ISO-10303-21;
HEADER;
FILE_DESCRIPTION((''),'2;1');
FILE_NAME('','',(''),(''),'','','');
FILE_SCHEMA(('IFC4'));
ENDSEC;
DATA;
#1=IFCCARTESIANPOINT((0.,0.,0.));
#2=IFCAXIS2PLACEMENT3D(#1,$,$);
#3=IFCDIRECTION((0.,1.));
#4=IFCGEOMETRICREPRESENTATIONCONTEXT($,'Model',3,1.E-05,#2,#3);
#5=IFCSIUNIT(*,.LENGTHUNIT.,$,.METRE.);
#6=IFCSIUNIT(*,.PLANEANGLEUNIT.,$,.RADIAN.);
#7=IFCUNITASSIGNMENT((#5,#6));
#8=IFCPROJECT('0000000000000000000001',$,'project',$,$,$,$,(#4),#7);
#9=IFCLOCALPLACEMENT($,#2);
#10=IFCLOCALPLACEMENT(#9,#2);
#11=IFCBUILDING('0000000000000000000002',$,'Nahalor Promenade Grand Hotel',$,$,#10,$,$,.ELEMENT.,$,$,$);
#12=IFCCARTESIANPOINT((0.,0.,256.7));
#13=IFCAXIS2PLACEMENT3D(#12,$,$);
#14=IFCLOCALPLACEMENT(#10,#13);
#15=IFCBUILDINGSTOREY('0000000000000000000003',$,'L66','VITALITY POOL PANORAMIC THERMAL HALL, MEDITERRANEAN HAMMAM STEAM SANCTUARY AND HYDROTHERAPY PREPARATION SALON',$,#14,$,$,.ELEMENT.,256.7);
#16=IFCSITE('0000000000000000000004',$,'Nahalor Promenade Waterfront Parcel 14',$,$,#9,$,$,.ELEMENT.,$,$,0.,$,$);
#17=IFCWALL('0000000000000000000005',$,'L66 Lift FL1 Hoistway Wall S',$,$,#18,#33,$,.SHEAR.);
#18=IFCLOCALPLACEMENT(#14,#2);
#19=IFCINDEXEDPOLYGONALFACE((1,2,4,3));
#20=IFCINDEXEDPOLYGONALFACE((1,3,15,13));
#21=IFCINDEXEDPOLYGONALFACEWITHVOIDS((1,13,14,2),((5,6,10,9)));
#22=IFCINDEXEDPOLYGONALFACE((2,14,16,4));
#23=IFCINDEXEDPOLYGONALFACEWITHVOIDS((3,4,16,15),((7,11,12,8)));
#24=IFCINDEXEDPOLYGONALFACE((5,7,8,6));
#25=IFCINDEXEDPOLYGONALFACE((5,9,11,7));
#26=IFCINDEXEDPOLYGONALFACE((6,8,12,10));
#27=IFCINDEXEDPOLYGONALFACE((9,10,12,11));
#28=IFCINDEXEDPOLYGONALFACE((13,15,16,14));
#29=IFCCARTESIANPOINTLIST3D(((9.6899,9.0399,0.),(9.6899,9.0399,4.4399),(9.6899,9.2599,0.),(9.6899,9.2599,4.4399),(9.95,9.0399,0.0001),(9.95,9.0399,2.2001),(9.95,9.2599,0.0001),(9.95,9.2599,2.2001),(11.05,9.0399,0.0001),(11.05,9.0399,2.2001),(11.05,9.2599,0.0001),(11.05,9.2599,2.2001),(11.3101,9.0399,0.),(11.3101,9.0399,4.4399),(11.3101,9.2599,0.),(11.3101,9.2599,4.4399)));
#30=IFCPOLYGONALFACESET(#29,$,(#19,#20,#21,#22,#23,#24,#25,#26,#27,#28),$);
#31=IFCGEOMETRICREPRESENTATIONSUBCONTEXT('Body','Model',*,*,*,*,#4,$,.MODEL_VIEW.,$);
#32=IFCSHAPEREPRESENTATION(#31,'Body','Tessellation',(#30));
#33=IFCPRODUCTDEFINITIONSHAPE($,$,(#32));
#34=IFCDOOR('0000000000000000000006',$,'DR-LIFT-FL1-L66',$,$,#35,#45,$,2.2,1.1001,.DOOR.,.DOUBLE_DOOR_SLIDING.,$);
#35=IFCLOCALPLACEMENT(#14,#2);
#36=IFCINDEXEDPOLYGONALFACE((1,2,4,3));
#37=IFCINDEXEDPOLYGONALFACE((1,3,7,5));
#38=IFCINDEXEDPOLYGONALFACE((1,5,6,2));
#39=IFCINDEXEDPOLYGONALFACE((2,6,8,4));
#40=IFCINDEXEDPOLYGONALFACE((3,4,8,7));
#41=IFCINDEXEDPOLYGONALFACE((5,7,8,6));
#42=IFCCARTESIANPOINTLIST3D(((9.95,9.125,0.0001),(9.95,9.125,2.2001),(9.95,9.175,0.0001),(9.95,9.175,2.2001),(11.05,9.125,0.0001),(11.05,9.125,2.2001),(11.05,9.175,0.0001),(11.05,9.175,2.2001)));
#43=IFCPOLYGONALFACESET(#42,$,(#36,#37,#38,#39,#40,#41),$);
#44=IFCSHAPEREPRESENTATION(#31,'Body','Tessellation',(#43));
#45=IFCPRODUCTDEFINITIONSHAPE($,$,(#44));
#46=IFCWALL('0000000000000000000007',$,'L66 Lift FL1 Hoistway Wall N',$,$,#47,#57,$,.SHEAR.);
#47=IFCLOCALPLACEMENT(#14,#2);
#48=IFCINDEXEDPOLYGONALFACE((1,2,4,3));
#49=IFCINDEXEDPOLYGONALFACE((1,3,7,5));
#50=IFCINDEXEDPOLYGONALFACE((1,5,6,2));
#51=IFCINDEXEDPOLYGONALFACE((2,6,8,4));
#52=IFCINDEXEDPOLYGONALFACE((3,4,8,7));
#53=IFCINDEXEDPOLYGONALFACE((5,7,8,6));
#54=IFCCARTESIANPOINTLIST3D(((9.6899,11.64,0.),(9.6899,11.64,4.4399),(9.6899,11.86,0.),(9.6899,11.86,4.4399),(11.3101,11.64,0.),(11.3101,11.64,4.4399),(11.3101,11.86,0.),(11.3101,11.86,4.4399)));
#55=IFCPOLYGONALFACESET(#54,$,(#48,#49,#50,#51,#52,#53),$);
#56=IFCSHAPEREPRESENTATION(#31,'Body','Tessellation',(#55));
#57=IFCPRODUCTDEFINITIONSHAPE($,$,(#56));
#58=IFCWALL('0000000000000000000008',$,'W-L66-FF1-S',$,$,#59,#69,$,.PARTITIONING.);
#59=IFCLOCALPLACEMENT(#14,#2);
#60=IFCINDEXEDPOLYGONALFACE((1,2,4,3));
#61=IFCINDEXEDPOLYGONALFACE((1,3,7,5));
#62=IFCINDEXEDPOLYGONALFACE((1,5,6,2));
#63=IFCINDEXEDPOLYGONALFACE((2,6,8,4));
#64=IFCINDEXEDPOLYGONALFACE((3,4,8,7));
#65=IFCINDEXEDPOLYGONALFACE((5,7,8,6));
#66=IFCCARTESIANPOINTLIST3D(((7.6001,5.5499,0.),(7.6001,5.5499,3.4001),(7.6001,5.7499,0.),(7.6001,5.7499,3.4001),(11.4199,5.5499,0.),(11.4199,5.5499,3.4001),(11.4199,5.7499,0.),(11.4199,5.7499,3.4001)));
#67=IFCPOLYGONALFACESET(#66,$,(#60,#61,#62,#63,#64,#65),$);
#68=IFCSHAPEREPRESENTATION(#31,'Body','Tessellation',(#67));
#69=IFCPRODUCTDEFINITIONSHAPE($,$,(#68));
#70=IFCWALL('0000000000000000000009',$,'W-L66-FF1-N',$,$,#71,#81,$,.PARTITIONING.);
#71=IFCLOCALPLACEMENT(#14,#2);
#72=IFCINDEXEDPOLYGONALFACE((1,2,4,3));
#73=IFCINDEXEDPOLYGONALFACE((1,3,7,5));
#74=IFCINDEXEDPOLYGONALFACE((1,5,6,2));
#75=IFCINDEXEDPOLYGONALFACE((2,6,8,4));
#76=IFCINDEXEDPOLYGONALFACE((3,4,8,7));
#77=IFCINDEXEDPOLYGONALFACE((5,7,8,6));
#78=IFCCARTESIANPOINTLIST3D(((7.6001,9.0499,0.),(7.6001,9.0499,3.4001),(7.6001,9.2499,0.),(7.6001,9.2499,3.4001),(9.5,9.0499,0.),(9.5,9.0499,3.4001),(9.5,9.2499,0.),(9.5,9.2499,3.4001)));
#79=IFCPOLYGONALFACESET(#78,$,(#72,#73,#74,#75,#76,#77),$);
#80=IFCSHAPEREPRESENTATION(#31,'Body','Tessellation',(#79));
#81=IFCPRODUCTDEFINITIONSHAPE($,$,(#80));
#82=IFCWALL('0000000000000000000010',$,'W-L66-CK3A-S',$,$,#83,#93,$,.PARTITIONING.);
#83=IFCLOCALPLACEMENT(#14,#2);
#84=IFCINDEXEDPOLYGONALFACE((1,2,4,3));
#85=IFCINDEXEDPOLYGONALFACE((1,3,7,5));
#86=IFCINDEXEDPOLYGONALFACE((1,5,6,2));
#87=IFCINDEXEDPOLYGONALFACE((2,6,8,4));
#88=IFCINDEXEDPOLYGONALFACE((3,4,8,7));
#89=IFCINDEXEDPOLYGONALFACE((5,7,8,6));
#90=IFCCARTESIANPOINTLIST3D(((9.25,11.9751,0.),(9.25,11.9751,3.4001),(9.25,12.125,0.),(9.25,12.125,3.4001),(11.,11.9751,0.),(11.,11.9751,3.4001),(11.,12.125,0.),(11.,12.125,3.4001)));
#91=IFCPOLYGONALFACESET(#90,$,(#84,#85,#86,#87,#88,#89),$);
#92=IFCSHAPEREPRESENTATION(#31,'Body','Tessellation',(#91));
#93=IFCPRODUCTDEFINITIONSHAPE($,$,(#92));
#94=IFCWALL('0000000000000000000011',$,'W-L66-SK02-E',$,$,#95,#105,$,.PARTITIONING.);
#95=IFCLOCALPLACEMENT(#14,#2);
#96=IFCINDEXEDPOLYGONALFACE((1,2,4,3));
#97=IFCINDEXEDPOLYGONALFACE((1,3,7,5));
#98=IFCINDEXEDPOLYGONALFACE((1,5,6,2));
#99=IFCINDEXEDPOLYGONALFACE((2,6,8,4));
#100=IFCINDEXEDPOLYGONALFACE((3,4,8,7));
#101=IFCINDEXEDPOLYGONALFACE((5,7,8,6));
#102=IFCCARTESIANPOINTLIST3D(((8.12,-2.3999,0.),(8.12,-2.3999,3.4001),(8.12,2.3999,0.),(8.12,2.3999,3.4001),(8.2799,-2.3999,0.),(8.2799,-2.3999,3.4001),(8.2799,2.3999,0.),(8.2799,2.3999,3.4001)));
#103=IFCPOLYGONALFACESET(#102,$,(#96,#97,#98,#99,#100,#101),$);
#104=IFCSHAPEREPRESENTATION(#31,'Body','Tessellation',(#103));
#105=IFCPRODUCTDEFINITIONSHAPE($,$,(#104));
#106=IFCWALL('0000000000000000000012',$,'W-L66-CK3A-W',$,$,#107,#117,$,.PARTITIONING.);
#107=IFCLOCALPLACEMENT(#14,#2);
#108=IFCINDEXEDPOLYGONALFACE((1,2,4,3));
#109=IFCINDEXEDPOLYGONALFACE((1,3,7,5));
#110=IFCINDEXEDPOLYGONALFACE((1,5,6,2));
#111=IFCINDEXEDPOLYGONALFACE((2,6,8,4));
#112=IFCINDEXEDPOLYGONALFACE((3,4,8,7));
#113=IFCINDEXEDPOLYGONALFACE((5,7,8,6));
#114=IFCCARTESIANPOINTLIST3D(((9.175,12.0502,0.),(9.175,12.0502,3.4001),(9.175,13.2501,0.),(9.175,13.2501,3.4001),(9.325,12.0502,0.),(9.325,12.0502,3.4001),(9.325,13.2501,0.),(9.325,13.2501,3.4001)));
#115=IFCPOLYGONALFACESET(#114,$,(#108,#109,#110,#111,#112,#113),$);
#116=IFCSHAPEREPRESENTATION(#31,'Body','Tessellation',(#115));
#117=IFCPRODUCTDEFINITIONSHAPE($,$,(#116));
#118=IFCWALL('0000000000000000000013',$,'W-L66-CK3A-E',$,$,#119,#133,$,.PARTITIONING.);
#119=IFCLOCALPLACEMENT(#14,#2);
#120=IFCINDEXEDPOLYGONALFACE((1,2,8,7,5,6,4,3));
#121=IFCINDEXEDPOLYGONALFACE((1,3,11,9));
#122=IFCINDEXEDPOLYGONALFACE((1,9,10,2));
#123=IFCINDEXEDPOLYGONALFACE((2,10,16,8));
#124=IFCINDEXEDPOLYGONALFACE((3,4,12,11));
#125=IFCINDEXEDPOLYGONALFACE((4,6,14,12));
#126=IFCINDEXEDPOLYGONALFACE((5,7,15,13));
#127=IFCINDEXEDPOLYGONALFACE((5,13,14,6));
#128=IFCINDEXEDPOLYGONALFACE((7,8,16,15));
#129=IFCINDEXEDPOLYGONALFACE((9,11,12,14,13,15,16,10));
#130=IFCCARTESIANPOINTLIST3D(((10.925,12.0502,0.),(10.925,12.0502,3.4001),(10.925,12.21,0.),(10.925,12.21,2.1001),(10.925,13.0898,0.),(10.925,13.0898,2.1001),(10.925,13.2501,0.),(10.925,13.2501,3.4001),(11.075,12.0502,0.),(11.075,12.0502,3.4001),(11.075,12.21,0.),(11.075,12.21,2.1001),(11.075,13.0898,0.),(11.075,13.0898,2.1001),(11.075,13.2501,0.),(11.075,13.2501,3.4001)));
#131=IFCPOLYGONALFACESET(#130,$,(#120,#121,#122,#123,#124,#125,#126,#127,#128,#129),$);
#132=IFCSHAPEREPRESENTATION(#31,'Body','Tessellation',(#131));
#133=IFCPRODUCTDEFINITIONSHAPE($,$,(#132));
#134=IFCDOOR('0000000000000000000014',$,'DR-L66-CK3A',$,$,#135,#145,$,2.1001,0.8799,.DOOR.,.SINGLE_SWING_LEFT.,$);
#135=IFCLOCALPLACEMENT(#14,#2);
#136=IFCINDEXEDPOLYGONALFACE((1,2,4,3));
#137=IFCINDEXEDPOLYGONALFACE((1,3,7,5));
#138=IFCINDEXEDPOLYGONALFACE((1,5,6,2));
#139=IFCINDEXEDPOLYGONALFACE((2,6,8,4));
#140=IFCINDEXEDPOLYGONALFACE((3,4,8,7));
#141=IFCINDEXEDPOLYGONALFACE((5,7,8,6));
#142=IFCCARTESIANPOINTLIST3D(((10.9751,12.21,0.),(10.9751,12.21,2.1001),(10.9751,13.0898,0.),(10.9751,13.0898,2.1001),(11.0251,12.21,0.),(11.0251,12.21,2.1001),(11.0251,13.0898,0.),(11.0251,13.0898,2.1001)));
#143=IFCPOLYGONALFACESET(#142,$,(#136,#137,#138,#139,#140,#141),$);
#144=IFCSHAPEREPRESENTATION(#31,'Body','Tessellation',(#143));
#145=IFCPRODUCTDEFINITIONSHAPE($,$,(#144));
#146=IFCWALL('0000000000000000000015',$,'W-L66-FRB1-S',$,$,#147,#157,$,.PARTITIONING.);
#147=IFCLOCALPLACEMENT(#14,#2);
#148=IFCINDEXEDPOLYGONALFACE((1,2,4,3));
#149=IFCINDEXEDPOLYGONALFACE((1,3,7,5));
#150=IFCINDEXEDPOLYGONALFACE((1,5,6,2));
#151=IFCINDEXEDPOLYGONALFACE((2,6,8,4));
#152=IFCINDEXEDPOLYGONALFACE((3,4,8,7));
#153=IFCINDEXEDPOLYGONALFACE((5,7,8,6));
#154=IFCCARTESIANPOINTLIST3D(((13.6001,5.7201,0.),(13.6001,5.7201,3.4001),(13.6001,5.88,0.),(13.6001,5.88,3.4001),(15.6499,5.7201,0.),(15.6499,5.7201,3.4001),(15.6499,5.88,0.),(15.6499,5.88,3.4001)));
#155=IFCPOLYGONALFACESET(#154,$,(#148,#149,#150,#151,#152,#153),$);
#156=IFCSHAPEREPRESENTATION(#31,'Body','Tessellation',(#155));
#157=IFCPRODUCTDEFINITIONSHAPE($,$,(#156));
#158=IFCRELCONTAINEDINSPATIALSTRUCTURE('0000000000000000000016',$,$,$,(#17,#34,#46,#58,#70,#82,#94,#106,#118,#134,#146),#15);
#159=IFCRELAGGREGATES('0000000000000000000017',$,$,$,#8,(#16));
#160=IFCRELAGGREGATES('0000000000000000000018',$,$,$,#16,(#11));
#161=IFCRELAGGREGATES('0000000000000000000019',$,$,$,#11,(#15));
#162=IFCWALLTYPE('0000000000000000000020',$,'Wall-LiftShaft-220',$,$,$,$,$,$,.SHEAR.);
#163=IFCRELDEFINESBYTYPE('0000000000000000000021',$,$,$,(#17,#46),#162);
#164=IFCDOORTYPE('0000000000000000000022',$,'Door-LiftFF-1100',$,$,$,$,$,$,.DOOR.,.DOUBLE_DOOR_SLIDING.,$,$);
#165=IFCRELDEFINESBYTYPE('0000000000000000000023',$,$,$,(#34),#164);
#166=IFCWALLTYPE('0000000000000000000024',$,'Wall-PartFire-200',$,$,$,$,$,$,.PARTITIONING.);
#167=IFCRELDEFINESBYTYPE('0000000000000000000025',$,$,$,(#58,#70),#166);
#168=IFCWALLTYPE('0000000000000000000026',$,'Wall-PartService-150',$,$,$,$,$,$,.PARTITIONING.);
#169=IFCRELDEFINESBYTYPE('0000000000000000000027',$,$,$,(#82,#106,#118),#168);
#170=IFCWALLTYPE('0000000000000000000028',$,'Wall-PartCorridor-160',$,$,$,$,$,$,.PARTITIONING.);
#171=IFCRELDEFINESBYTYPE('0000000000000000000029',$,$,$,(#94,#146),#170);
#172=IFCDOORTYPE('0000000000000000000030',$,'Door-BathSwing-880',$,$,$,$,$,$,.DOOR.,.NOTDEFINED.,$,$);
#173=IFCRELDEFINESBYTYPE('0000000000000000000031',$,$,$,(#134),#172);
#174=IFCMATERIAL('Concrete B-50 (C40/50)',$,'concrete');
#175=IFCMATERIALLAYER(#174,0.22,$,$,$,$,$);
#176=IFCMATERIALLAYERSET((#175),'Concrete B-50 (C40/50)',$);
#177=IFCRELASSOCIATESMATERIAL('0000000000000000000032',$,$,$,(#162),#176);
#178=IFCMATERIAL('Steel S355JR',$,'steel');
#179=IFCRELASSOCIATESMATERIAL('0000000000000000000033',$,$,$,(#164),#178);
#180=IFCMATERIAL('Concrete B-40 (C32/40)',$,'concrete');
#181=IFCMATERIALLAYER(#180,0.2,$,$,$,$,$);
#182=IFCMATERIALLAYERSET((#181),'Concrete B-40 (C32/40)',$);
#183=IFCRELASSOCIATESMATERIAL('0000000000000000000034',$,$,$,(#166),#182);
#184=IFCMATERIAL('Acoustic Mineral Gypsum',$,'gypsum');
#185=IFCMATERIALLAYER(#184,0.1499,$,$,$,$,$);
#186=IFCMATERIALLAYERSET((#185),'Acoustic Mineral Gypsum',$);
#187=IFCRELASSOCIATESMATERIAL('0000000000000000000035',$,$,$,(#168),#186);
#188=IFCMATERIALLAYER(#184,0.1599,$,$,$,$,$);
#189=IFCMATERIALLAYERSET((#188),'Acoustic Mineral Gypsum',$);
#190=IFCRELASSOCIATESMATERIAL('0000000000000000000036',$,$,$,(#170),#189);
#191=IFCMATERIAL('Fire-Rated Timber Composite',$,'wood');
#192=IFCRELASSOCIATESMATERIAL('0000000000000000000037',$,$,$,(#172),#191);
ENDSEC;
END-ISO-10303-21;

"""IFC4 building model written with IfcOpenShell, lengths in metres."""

from ifc_helpers import new_model, si_unit, direction, frame, frame_2d, origin, place, context, subcontext, project, spatial, rectangle, extrude, source, transform, mapped, material, layer, layer_set, type_object, element, fill, save


model = new_model("IFC4")

# Units and contexts
model_context = context("Model", 3, precision=1e-05, world=origin(), true_north=direction((0.0, 1.0)))
body_context = subcontext(model_context, "Body", "Model", "MODEL_VIEW")
ifc_project = project(units=[si_unit("LENGTHUNIT", "METRE"), si_unit("PLANEANGLEUNIT", "RADIAN")], contexts=[model_context])

# Site, building, storey
site_placement = place(None, origin())
site = spatial("IfcSite", under=ifc_project, at=site_placement, Name="Nahalor Promenade Waterfront Parcel 14", CompositionType="ELEMENT", RefElevation=0.0)
building_placement = place(site_placement, origin())
building = spatial("IfcBuilding", under=site, at=building_placement, Name="Nahalor Promenade Grand Hotel", CompositionType="ELEMENT")
storey_placement = place(building_placement, frame((0.0, 0.0, 256.7)))
storey = spatial("IfcBuildingStorey", under=building, at=storey_placement, Name="L66", Description="VITALITY POOL PANORAMIC THERMAL HALL, MEDITERRANEAN HAMMAM STEAM SANCTUARY AND HYDROTHERAPY PREPARATION SALON", CompositionType="ELEMENT", Elevation=256.7)

# Shared definitions
ifc_material_1 = material(Name="Steel S355JR", Category="steel")

# Shared definitions
ifc_material_2 = material(Name="Concrete B-50 (C40/50)", Category="concrete")

# Shared definitions
ifc_layer_1 = layer(ifc_material_2, 0.22)
ifc_layer_set_1 = layer_set([ifc_layer_1], Name="Concrete B-50 (C40/50)")
wall_type_1 = type_object("IfcWallType", Name="Wall-LiftShaft-220", PredefinedType="SHEAR", material=ifc_layer_set_1)

# Wall, opening, door
shared_shape_1 = source(origin(), body_context, "Body", "SweptSolid", [
    extrude(rectangle(XDim=1.6201, YDim=0.22, at=frame_2d((0.8101, 0.0))), origin(), (0.0, 0.0, 1.0), 4.4399),
])
wall_1_placement = place(storey_placement, frame((9.6899, 9.1499, 0.0), z_axis=(0.0, 0.0, 1.0), x_axis=(1.0, 0.0, 0.0)))
wall_1 = element("IfcWall", 1, at=wall_1_placement, inside=storey, type_object=wall_type_1, Name="L66 Lift FL1 Hoistway Wall S", PredefinedType="SHEAR", context=body_context, shape_type="MappedRepresentation", body=[
    mapped(shared_shape_1, transform((0.0, 0.0, 0.0), scale=1.0)),
])
opening_1_placement = place(wall_1_placement, frame((0.26, 0.0, 0.0)))
opening_1 = element("IfcOpeningElement", 2, at=opening_1_placement, cuts=wall_1, PredefinedType="OPENING", context=body_context, shape_type="SweptSolid", body=[
    extrude(rectangle(XDim=1.1001, YDim=2.2, at=frame_2d((0.55, 1.1001))), frame((0.0, 0.1199, 0.0), z_axis=(0.0, -1.0, 0.0), x_axis=(1.0, 0.0, 0.0)), (0.0, 0.0, 1.0), 0.24),
])
door_type_1 = type_object("IfcDoorType", Name="Door-LiftFF-1100", OperationType="DOUBLE_DOOR_SLIDING", PredefinedType="DOOR", material=ifc_material_1)
shared_shape_2 = source(origin(), body_context, "Body", "SweptSolid", [
    extrude(rectangle(XDim=1.1001, YDim=2.2, at=frame_2d((0.55, 1.1001))), frame((0.0, 0.0249, 0.0), z_axis=(0.0, -1.0, 0.0), x_axis=(1.0, 0.0, 0.0)), (0.0, 0.0, 1.0), 0.05),
])
door_1_placement = place(opening_1_placement, frame((1.1001, 0.0, 0.0), z_axis=(0.0, 0.0, 1.0), x_axis=(-1.0, 0.0, 0.0)))
door_1 = element("IfcDoor", 3, at=door_1_placement, inside=storey, type_object=door_type_1, Name="DR-LIFT-FL1-L66", OperationType="DOUBLE_DOOR_SLIDING", OverallHeight=2.2, OverallWidth=1.1001, PredefinedType="DOOR", context=body_context, shape_type="MappedRepresentation", body=[
    mapped(shared_shape_2, transform((0.0, 0.0, 0.0), scale=1.0)),
])
fill(opening_1, door_1)

# Walls
wall_2_placement = place(storey_placement, frame((9.6899, 11.75, 0.0), z_axis=(0.0, 0.0, 1.0), x_axis=(1.0, 0.0, 0.0)))
element("IfcWall", 4, at=wall_2_placement, inside=storey, type_object=wall_type_1, Name="L66 Lift FL1 Hoistway Wall N", PredefinedType="SHEAR", context=body_context, shape_type="MappedRepresentation", body=[
    mapped(shared_shape_1, transform((0.0, 0.0, 0.0), scale=1.0)),
])
ifc_material_3 = material(Name="Concrete B-40 (C32/40)", Category="concrete")
ifc_layer_2 = layer(ifc_material_3, 0.2)
ifc_layer_set_2 = layer_set([ifc_layer_2], Name="Concrete B-40 (C32/40)")
wall_type_2 = type_object("IfcWallType", Name="Wall-PartFire-200", PredefinedType="PARTITIONING", material=ifc_layer_set_2)
shared_shape_3 = source(origin(), body_context, "Body", "SweptSolid", [
    extrude(rectangle(XDim=3.8198, YDim=0.2, at=frame_2d((1.9099, 0.0))), origin(), (0.0, 0.0, 1.0), 3.4001),
])
wall_3_placement = place(storey_placement, frame((7.6001, 5.6499, 0.0), z_axis=(0.0, 0.0, 1.0), x_axis=(1.0, 0.0, 0.0)))
element("IfcWall", 5, at=wall_3_placement, inside=storey, type_object=wall_type_2, Name="W-L66-FF1-S", PredefinedType="PARTITIONING", context=body_context, shape_type="MappedRepresentation", body=[
    mapped(shared_shape_3, transform((0.0, 0.0, 0.0), scale=1.0)),
])
shared_shape_4 = source(origin(), body_context, "Body", "SweptSolid", [
    extrude(rectangle(XDim=1.8999, YDim=0.2, at=frame_2d((0.95, 0.0))), origin(), (0.0, 0.0, 1.0), 3.4001),
])
wall_4_placement = place(storey_placement, frame((7.6001, 9.1499, 0.0), z_axis=(0.0, 0.0, 1.0), x_axis=(1.0, 0.0, 0.0)))
element("IfcWall", 6, at=wall_4_placement, inside=storey, type_object=wall_type_2, Name="W-L66-FF1-N", PredefinedType="PARTITIONING", context=body_context, shape_type="MappedRepresentation", body=[
    mapped(shared_shape_4, transform((0.0, 0.0, 0.0), scale=1.0)),
])

# Walls
ifc_material_4 = material(Name="Acoustic Mineral Gypsum", Category="gypsum")
ifc_layer_3 = layer(ifc_material_4, 0.1499)
ifc_layer_set_3 = layer_set([ifc_layer_3], Name="Acoustic Mineral Gypsum")
wall_type_3 = type_object("IfcWallType", Name="Wall-PartService-150", PredefinedType="PARTITIONING", material=ifc_layer_set_3)
shared_shape_5 = source(origin(), body_context, "Body", "SweptSolid", [
    extrude(rectangle(XDim=1.75, YDim=0.1499, at=frame_2d((0.875, 0.0))), origin(), (0.0, 0.0, 1.0), 3.4001),
])
wall_5_placement = place(storey_placement, frame((9.25, 12.05, 0.0), z_axis=(0.0, 0.0, 1.0), x_axis=(1.0, 0.0, 0.0)))
element("IfcWall", 7, at=wall_5_placement, inside=storey, type_object=wall_type_3, Name="W-L66-CK3A-S", PredefinedType="PARTITIONING", context=body_context, shape_type="MappedRepresentation", body=[
    mapped(shared_shape_5, transform((0.0, 0.0, 0.0), scale=1.0)),
])
ifc_layer_4 = layer(ifc_material_4, 0.1599)
ifc_layer_set_4 = layer_set([ifc_layer_4], Name="Acoustic Mineral Gypsum")
wall_type_4 = type_object("IfcWallType", Name="Wall-PartCorridor-160", PredefinedType="PARTITIONING", material=ifc_layer_set_4)
shared_shape_6 = source(origin(), body_context, "Body", "SweptSolid", [
    extrude(rectangle(XDim=4.7998, YDim=0.1599, at=frame_2d((2.3999, 0.0))), origin(), (0.0, 0.0, 1.0), 3.4001),
])
wall_6_placement = place(storey_placement, frame((8.2, -2.3999, 0.0), z_axis=(0.0, 0.0, 1.0), x_axis=(0.0, 1.0, 0.0)))
element("IfcWall", 8, at=wall_6_placement, inside=storey, type_object=wall_type_4, Name="W-L66-SK02-E", PredefinedType="PARTITIONING", context=body_context, shape_type="MappedRepresentation", body=[
    mapped(shared_shape_6, transform((0.0, 0.0, 0.0), scale=1.0)),
])
shared_shape_7 = source(origin(), body_context, "Body", "SweptSolid", [
    extrude(rectangle(XDim=1.2, YDim=0.1499, at=frame_2d((0.6001, 0.0))), origin(), (0.0, 0.0, 1.0), 3.4001),
])
wall_7_placement = place(storey_placement, frame((9.25, 12.05, 0.0), z_axis=(0.0, 0.0, 1.0), x_axis=(0.0, 1.0, 0.0)))
element("IfcWall", 9, at=wall_7_placement, inside=storey, type_object=wall_type_3, Name="W-L66-CK3A-W", PredefinedType="PARTITIONING", context=body_context, shape_type="MappedRepresentation", body=[
    mapped(shared_shape_7, transform((0.0, 0.0, 0.0), scale=1.0)),
])

# Wall, opening, door
wall_8_placement = place(storey_placement, frame((11.0, 12.05, 0.0), z_axis=(0.0, 0.0, 1.0), x_axis=(0.0, 1.0, 0.0)))
wall_8 = element("IfcWall", 10, at=wall_8_placement, inside=storey, type_object=wall_type_3, Name="W-L66-CK3A-E", PredefinedType="PARTITIONING", context=body_context, shape_type="MappedRepresentation", body=[
    mapped(shared_shape_7, transform((0.0, 0.0, 0.0), scale=1.0)),
])
opening_2_placement = place(wall_8_placement, frame((0.1599, 0.0, 0.0)))
opening_2 = element("IfcOpeningElement", 11, at=opening_2_placement, cuts=wall_8, PredefinedType="OPENING", context=body_context, shape_type="SweptSolid", body=[
    extrude(rectangle(XDim=0.8799, YDim=2.1001, at=frame_2d((0.4399, 1.05))), frame((0.0, 0.085, 0.0), z_axis=(0.0, -1.0, 0.0), x_axis=(1.0, 0.0, 0.0)), (0.0, 0.0, 1.0), 0.1699),
])
ifc_material_5 = material(Name="Fire-Rated Timber Composite", Category="wood")
door_type_2 = type_object("IfcDoorType", Name="Door-BathSwing-880", OperationType="NOTDEFINED", PredefinedType="DOOR", material=ifc_material_5)
shared_shape_8 = source(origin(), body_context, "Body", "SweptSolid", [
    extrude(rectangle(XDim=0.8799, YDim=2.1001, at=frame_2d((0.4399, 1.05))), frame((0.0, 0.0249, 0.0), z_axis=(0.0, -1.0, 0.0), x_axis=(1.0, 0.0, 0.0)), (0.0, 0.0, 1.0), 0.05),
])
door_2_placement = place(opening_2_placement, origin())
door_2 = element("IfcDoor", 12, at=door_2_placement, inside=storey, type_object=door_type_2, Name="DR-L66-CK3A", OperationType="SINGLE_SWING_LEFT", OverallHeight=2.1001, OverallWidth=0.8799, PredefinedType="DOOR", context=body_context, shape_type="MappedRepresentation", body=[
    mapped(shared_shape_8, transform((0.0, 0.0, 0.0), scale=1.0)),
])
fill(opening_2, door_2)

# Wall
shared_shape_9 = source(origin(), body_context, "Body", "SweptSolid", [
    extrude(rectangle(XDim=2.0498, YDim=0.1599, at=frame_2d((1.0249, 0.0))), origin(), (0.0, 0.0, 1.0), 3.4001),
])
wall_9_placement = place(storey_placement, frame((13.6001, 5.8, 0.0), z_axis=(0.0, 0.0, 1.0), x_axis=(1.0, 0.0, 0.0)))
element("IfcWall", 13, at=wall_9_placement, inside=storey, type_object=wall_type_4, Name="W-L66-FRB1-S", PredefinedType="PARTITIONING", context=body_context, shape_type="MappedRepresentation", body=[
    mapped(shared_shape_9, transform((0.0, 0.0, 0.0), scale=1.0)),
])

save(model, "model.ifc")
